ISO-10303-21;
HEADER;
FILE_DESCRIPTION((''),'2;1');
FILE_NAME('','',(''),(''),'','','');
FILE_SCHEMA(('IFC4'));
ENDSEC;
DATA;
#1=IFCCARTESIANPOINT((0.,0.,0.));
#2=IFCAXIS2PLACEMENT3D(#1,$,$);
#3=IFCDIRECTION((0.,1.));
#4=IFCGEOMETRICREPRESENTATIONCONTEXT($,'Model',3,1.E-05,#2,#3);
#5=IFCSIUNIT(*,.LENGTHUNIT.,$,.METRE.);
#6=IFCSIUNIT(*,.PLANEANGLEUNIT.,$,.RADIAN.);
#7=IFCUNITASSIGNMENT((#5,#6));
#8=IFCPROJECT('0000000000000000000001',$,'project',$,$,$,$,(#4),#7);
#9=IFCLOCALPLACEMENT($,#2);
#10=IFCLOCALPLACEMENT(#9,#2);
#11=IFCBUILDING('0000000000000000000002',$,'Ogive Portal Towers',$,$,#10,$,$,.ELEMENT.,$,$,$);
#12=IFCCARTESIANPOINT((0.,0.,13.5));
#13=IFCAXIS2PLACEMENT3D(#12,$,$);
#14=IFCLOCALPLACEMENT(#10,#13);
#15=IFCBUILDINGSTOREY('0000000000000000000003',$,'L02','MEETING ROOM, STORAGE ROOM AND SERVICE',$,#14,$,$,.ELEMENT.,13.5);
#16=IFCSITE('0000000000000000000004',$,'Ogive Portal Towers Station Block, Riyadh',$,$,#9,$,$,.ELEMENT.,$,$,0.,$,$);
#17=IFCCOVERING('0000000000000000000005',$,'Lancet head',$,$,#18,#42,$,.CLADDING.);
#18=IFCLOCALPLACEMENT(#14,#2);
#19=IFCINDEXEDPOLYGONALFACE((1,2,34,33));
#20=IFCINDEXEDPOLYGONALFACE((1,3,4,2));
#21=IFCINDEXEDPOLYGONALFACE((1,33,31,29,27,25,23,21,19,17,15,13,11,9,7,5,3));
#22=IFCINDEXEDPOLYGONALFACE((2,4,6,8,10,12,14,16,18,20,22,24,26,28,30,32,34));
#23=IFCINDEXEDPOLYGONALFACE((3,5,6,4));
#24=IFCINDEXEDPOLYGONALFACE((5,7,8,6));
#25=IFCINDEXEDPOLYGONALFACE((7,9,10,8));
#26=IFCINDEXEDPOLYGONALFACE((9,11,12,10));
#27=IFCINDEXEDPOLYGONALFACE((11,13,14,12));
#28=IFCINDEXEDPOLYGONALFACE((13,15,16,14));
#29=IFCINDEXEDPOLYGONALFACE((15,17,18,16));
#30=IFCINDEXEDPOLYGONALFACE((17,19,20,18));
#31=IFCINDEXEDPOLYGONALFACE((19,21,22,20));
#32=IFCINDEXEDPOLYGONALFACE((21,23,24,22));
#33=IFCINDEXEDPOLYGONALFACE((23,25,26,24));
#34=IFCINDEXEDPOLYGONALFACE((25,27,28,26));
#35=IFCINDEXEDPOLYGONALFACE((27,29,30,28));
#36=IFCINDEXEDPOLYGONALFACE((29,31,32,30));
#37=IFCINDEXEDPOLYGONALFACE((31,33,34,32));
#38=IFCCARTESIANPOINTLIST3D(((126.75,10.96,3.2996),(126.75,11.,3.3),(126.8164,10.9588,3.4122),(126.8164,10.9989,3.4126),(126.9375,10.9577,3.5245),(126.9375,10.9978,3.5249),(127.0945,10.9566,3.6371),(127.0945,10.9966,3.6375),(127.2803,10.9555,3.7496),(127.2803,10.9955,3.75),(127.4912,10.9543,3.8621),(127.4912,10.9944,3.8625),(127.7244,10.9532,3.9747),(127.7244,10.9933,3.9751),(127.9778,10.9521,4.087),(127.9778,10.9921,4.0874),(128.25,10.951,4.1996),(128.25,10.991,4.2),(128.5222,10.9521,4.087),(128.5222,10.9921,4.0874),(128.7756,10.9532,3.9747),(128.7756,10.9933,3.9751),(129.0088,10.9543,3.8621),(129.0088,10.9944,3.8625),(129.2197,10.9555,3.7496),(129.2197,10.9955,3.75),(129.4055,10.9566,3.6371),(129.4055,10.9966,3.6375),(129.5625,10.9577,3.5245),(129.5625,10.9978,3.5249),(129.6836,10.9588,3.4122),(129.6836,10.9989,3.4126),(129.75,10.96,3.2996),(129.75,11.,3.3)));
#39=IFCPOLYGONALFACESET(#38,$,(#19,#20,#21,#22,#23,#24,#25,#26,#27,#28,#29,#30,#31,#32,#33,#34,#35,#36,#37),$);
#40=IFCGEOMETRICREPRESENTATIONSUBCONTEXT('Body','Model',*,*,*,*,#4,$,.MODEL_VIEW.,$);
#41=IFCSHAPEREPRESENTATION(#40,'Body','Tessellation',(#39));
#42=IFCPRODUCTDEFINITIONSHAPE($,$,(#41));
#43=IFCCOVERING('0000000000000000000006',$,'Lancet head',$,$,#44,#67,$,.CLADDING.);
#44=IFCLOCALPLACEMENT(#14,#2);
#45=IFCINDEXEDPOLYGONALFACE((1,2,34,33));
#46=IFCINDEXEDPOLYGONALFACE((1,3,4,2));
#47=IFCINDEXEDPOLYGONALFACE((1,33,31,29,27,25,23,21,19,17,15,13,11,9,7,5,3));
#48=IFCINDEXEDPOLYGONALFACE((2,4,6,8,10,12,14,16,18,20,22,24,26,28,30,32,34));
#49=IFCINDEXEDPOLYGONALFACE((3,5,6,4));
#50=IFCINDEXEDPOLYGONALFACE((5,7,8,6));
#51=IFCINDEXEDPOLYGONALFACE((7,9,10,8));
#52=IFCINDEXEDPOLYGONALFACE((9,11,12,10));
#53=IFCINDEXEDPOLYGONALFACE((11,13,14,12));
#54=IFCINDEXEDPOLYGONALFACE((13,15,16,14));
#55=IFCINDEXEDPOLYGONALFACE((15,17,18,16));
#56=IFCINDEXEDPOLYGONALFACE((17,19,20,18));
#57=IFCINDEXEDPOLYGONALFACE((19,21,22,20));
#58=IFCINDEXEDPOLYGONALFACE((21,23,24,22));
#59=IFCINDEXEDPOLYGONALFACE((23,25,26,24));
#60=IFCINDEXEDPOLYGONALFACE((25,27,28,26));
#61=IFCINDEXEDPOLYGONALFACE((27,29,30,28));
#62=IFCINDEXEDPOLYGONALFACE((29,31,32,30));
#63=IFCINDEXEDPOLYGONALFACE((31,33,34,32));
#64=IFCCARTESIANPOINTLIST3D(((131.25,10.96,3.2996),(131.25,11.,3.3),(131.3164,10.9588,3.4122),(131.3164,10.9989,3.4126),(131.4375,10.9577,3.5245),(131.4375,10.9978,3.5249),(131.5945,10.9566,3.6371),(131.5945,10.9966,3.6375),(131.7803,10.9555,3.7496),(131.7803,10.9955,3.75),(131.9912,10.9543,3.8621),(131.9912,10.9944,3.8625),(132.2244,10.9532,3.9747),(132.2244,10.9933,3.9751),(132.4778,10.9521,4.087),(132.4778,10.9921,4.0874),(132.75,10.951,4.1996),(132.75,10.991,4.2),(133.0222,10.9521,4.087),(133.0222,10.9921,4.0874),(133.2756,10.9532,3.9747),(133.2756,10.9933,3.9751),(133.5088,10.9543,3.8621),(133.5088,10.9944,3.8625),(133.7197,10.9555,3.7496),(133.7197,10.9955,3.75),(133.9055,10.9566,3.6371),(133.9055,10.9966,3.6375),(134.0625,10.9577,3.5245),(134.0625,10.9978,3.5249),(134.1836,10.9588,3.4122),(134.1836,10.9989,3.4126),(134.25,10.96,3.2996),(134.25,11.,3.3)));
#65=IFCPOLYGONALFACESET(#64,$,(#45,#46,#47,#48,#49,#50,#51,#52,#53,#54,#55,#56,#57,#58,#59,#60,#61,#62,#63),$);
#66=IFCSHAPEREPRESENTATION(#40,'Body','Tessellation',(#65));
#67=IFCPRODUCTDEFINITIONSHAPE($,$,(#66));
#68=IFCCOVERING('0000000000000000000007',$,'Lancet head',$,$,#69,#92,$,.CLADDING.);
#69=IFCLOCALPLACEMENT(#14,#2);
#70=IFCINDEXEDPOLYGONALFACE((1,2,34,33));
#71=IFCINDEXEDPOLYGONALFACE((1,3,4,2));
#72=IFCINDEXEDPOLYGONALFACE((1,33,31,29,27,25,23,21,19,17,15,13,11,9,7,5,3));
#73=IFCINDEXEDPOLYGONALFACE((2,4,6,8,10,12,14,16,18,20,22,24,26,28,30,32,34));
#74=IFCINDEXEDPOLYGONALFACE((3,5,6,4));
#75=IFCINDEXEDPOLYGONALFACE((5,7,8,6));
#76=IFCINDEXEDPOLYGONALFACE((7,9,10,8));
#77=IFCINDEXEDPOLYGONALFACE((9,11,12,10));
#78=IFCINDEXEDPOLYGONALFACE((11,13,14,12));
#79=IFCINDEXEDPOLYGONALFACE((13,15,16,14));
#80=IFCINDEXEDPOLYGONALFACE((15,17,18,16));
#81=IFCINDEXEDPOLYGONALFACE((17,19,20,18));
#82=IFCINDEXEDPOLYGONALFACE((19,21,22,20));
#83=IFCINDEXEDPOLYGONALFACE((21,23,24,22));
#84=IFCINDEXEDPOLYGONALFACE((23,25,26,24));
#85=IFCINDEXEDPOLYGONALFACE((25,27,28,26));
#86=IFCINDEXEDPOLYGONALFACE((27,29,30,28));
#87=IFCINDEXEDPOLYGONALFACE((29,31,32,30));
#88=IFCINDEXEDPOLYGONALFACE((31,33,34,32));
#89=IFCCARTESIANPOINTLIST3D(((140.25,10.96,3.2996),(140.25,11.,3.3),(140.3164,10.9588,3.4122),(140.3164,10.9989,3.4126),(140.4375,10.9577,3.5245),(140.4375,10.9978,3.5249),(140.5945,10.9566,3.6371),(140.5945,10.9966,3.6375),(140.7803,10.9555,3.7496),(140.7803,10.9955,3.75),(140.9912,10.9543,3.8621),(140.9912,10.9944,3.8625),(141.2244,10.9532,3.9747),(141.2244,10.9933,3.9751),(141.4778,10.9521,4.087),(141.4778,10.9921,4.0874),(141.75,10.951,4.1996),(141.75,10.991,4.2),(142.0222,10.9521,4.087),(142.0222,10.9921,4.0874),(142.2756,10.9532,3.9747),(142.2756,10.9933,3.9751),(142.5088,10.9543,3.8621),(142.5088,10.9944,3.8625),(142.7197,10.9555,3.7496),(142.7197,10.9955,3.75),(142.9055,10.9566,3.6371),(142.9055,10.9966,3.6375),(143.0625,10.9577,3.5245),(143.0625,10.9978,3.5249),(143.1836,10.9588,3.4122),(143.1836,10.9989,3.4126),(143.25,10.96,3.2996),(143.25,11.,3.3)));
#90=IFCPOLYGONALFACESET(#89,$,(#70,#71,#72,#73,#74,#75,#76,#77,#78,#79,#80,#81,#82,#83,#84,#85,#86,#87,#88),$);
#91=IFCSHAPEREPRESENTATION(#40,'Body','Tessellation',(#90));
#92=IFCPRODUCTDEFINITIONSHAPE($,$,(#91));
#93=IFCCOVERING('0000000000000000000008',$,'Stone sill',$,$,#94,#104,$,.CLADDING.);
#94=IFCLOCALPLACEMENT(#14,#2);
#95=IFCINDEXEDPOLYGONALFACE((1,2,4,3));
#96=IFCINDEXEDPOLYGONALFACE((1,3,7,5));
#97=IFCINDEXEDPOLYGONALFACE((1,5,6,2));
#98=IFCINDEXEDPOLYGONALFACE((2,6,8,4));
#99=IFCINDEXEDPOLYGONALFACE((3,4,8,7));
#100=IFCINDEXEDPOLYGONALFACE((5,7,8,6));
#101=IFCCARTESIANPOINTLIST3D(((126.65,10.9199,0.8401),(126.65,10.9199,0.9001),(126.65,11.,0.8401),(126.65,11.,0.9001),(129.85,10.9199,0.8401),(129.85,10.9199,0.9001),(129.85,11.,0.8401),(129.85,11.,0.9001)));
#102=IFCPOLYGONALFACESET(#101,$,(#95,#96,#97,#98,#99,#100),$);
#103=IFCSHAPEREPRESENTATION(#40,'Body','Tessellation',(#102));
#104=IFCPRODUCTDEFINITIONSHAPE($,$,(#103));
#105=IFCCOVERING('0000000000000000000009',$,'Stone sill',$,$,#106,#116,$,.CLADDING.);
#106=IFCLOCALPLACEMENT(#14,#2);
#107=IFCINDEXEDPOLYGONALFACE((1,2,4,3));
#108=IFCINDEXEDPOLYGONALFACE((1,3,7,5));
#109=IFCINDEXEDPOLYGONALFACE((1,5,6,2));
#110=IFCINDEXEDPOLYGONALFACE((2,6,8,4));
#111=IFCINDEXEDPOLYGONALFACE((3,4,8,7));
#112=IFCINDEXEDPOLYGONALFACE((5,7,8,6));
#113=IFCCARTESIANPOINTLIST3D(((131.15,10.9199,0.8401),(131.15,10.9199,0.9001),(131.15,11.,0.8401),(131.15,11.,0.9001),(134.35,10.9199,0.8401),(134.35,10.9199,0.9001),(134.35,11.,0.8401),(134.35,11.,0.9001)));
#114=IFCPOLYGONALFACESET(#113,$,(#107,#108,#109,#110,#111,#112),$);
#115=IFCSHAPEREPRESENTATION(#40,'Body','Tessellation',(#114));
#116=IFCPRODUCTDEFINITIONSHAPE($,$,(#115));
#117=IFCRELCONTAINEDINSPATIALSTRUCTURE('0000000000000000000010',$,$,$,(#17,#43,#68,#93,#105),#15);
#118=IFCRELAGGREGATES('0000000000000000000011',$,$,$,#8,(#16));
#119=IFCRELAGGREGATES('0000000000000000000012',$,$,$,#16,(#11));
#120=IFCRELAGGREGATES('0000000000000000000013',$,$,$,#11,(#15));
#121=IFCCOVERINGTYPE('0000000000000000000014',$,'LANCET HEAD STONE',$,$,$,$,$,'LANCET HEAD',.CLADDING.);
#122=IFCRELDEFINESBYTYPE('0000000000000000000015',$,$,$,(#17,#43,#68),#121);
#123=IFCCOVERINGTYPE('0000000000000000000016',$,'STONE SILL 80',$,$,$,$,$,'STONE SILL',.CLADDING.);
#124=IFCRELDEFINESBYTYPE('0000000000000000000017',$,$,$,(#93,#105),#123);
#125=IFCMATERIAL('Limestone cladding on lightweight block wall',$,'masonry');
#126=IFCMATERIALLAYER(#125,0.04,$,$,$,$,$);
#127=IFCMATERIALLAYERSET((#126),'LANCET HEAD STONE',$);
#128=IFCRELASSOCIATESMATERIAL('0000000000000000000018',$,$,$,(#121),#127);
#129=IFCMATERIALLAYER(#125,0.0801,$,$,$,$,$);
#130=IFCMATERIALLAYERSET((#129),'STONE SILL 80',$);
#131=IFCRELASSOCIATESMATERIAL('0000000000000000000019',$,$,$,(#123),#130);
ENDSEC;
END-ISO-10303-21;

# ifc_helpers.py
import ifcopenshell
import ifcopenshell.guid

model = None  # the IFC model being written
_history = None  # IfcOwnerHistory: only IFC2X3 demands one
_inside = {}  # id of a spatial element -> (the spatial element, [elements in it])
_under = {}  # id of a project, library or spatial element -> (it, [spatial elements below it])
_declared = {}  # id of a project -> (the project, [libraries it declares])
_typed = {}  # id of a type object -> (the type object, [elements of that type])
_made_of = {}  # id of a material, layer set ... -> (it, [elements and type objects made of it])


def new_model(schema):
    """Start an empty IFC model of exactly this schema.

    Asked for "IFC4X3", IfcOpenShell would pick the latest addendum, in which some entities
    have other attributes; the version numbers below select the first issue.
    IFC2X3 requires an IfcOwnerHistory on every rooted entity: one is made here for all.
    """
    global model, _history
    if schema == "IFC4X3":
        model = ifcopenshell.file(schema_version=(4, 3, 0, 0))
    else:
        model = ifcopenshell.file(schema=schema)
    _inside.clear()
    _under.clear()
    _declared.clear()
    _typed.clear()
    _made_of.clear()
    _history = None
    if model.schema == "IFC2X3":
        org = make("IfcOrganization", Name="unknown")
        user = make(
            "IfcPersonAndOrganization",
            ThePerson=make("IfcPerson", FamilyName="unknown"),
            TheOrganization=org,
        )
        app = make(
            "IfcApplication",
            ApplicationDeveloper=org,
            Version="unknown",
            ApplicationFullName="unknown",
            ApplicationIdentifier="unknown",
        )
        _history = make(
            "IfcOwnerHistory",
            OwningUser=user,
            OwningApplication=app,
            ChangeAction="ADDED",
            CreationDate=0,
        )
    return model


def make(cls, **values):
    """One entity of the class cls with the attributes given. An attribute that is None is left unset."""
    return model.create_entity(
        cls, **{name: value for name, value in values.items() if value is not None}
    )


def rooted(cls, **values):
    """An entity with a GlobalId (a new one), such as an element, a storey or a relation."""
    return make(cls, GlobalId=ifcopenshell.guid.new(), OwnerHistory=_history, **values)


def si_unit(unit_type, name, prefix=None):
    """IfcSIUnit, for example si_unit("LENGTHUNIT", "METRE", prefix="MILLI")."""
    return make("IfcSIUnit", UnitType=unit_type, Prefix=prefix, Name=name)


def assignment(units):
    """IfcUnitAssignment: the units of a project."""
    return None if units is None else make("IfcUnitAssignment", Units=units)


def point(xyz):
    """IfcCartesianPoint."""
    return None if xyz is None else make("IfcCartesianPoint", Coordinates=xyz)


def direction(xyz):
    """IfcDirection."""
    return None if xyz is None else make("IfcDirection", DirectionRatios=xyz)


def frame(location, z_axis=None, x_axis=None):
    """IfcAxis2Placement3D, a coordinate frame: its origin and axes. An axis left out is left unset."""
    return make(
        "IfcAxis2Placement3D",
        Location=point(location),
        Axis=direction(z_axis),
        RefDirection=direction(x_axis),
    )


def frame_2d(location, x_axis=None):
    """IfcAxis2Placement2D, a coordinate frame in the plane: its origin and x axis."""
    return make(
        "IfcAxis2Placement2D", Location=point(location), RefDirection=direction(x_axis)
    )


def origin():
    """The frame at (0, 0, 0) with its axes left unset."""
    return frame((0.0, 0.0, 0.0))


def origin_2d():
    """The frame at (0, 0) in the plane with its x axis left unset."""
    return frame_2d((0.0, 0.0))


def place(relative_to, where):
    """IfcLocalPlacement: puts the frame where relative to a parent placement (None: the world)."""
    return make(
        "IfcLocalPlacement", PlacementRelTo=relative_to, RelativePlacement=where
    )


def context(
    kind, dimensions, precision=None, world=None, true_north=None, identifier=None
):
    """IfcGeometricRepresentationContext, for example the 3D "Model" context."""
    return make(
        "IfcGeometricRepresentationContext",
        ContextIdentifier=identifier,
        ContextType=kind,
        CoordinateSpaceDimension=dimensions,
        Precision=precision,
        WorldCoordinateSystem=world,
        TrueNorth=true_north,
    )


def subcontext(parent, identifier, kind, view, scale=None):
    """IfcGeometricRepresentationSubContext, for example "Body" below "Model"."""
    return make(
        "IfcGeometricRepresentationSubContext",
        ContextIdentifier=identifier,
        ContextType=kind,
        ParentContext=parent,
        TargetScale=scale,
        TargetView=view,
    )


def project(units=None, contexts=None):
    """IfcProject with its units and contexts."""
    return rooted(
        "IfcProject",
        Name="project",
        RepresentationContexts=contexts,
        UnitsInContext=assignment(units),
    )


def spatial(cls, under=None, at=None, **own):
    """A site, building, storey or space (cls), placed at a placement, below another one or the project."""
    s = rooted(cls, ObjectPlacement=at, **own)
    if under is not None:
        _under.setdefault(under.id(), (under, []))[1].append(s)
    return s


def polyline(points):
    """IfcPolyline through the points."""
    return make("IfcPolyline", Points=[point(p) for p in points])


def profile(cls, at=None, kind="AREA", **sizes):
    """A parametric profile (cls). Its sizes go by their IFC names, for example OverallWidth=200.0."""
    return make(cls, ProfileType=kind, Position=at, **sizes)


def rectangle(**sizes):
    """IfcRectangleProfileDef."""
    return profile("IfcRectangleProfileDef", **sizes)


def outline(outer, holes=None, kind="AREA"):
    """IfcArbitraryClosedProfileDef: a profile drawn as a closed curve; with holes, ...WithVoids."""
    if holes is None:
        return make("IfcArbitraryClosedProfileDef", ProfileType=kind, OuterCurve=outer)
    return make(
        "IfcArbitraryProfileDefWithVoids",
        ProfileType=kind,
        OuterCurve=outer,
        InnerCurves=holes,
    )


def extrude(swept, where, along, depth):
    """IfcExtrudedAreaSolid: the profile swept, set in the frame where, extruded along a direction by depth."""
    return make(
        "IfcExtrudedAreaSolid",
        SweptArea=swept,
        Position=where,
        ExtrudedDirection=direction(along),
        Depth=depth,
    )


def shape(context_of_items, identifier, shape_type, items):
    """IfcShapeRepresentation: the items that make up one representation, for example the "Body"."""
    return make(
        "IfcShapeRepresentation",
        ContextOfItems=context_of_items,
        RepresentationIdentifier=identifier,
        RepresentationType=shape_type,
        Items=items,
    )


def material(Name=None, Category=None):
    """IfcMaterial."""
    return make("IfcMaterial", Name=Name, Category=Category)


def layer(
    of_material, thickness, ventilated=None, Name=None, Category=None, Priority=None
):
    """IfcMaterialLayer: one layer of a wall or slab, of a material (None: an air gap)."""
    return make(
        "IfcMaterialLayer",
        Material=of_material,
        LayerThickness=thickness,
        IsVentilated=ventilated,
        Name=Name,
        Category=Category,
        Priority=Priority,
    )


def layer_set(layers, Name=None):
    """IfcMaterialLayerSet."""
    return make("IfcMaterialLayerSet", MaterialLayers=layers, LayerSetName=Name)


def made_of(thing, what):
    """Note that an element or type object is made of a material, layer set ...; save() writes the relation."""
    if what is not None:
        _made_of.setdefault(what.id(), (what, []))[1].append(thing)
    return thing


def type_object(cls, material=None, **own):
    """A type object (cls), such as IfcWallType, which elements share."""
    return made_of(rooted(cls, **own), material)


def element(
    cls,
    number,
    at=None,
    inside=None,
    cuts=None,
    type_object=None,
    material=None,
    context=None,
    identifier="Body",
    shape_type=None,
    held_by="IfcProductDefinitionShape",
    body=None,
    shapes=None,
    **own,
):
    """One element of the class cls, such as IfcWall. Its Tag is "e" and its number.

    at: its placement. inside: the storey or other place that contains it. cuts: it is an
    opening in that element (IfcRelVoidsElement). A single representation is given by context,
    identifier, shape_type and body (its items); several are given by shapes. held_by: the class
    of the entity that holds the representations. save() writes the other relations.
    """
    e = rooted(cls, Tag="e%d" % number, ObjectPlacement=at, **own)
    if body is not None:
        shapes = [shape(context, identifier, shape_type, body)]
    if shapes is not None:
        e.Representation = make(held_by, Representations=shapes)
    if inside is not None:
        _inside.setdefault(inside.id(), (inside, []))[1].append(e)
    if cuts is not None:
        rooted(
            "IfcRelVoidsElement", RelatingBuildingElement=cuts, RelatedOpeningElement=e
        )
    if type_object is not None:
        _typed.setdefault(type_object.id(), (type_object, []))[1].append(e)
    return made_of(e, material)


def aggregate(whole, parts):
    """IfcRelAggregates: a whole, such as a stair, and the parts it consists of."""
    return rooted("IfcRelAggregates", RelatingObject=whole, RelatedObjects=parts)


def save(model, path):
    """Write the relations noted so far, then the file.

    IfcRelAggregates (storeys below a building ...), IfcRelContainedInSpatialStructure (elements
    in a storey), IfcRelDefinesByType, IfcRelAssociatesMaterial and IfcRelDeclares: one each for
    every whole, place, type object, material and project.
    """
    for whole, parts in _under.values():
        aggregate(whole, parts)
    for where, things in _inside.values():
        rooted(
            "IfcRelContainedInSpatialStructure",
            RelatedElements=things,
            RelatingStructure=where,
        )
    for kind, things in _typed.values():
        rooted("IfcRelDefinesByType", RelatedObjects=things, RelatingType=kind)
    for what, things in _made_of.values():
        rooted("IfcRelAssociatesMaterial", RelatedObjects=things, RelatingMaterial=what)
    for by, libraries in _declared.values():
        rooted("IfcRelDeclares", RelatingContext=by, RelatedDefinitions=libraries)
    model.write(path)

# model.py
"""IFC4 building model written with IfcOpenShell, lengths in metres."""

from ifc_helpers import new_model, si_unit, direction, frame, origin, origin_2d, place, context, subcontext, project, spatial, polyline, rectangle, outline, extrude, material, layer, layer_set, type_object, element, save


model = new_model("IFC4")

# Units and contexts
model_context = context("Model", 3, precision=1e-05, world=origin(), true_north=direction((0.0, 1.0)))
body_context = subcontext(model_context, "Body", "Model", "MODEL_VIEW")
ifc_project = project(units=[si_unit("LENGTHUNIT", "METRE"), si_unit("PLANEANGLEUNIT", "RADIAN")], contexts=[model_context])

# Site, building, storey
site_placement = place(None, origin())
site = spatial("IfcSite", under=ifc_project, at=site_placement, Name="Ogive Portal Towers Station Block, Riyadh", CompositionType="ELEMENT", RefElevation=0.0)
building_placement = place(site_placement, origin())
building = spatial("IfcBuilding", under=site, at=building_placement, Name="Ogive Portal Towers", CompositionType="ELEMENT")
storey_placement = place(building_placement, frame((0.0, 0.0, 13.5)))
storey = spatial("IfcBuildingStorey", under=building, at=storey_placement, Name="L02", Description="MEETING ROOM, STORAGE ROOM AND SERVICE", CompositionType="ELEMENT", Elevation=13.5)

# Coverings
ifc_material_1 = material(Name="Limestone cladding on lightweight block wall", Category="masonry")
ifc_layer_1 = layer(ifc_material_1, 0.04)
ifc_layer_set_1 = layer_set([ifc_layer_1], Name="LANCET HEAD STONE")
covering_type_1 = type_object("IfcCoveringType", Name="LANCET HEAD STONE", ElementType="LANCET HEAD", PredefinedType="CLADDING", material=ifc_layer_set_1)
for number, where, z_axis, x_axis, name in (
    (1, (126.75, 11.0, 3.3), (0.0, 0.99995, 0.009994), (1.0, 0.0, 0.0), "Lancet head"),
    (2, (131.25, 11.0, 3.3), (0.0, 0.99995, 0.009994), (1.0, 0.0, 0.0), "Lancet head"),
    (3, (140.25, 11.0, 3.3), (0.0, 0.99995, 0.009994), (1.0, 0.0, 0.0), "Lancet head"),
):
    element("IfcCovering", number, at=place(storey_placement, frame(where, z_axis=z_axis, x_axis=x_axis)), inside=storey, type_object=covering_type_1, Name=name, PredefinedType="CLADDING", context=body_context, shape_type="SweptSolid", body=[
        extrude(outline(polyline([(0.0, 0.0), (3.0, 0.0), (2.9336, -0.1126), (2.8125, -0.2249), (2.6555, -0.3374), (2.4697, -0.45), (2.2588, -0.5625), (2.0256, -0.6751), (1.7722, -0.7874), (1.5, -0.8999), (1.2278, -0.7874), (0.9744, -0.6751), (0.7412, -0.5625), (0.5303, -0.45), (0.3445, -0.3374), (0.1875, -0.2249), (0.0664, -0.1126), (0.0, 0.0)])), origin(), (0.0, 0.0, -1.0), 0.04),
    ])
ifc_layer_2 = layer(ifc_material_1, 0.0801)
ifc_layer_set_2 = layer_set([ifc_layer_2], Name="STONE SILL 80")
covering_type_2 = type_object("IfcCoveringType", Name="STONE SILL 80", ElementType="STONE SILL", PredefinedType="CLADDING", material=ifc_layer_set_2)
for number, where, z_axis, x_axis, name in (
    (4, (128.25, 10.96, 0.8401), (0.0, 0.0, 1.0), (1.0, 0.0, 0.0), "Stone sill"),
    (5, (132.75, 10.96, 0.8401), (0.0, 0.0, 1.0), (1.0, 0.0, 0.0), "Stone sill"),
):
    element("IfcCovering", number, at=place(storey_placement, frame(where, z_axis=z_axis, x_axis=x_axis)), inside=storey, type_object=covering_type_2, Name=name, PredefinedType="CLADDING", context=body_context, shape_type="SweptSolid", body=[
        extrude(rectangle(XDim=3.2, YDim=0.0801, at=origin_2d()), origin(), (0.0, 0.0, 1.0), 0.0601),
    ])

save(model, "model.ifc")
